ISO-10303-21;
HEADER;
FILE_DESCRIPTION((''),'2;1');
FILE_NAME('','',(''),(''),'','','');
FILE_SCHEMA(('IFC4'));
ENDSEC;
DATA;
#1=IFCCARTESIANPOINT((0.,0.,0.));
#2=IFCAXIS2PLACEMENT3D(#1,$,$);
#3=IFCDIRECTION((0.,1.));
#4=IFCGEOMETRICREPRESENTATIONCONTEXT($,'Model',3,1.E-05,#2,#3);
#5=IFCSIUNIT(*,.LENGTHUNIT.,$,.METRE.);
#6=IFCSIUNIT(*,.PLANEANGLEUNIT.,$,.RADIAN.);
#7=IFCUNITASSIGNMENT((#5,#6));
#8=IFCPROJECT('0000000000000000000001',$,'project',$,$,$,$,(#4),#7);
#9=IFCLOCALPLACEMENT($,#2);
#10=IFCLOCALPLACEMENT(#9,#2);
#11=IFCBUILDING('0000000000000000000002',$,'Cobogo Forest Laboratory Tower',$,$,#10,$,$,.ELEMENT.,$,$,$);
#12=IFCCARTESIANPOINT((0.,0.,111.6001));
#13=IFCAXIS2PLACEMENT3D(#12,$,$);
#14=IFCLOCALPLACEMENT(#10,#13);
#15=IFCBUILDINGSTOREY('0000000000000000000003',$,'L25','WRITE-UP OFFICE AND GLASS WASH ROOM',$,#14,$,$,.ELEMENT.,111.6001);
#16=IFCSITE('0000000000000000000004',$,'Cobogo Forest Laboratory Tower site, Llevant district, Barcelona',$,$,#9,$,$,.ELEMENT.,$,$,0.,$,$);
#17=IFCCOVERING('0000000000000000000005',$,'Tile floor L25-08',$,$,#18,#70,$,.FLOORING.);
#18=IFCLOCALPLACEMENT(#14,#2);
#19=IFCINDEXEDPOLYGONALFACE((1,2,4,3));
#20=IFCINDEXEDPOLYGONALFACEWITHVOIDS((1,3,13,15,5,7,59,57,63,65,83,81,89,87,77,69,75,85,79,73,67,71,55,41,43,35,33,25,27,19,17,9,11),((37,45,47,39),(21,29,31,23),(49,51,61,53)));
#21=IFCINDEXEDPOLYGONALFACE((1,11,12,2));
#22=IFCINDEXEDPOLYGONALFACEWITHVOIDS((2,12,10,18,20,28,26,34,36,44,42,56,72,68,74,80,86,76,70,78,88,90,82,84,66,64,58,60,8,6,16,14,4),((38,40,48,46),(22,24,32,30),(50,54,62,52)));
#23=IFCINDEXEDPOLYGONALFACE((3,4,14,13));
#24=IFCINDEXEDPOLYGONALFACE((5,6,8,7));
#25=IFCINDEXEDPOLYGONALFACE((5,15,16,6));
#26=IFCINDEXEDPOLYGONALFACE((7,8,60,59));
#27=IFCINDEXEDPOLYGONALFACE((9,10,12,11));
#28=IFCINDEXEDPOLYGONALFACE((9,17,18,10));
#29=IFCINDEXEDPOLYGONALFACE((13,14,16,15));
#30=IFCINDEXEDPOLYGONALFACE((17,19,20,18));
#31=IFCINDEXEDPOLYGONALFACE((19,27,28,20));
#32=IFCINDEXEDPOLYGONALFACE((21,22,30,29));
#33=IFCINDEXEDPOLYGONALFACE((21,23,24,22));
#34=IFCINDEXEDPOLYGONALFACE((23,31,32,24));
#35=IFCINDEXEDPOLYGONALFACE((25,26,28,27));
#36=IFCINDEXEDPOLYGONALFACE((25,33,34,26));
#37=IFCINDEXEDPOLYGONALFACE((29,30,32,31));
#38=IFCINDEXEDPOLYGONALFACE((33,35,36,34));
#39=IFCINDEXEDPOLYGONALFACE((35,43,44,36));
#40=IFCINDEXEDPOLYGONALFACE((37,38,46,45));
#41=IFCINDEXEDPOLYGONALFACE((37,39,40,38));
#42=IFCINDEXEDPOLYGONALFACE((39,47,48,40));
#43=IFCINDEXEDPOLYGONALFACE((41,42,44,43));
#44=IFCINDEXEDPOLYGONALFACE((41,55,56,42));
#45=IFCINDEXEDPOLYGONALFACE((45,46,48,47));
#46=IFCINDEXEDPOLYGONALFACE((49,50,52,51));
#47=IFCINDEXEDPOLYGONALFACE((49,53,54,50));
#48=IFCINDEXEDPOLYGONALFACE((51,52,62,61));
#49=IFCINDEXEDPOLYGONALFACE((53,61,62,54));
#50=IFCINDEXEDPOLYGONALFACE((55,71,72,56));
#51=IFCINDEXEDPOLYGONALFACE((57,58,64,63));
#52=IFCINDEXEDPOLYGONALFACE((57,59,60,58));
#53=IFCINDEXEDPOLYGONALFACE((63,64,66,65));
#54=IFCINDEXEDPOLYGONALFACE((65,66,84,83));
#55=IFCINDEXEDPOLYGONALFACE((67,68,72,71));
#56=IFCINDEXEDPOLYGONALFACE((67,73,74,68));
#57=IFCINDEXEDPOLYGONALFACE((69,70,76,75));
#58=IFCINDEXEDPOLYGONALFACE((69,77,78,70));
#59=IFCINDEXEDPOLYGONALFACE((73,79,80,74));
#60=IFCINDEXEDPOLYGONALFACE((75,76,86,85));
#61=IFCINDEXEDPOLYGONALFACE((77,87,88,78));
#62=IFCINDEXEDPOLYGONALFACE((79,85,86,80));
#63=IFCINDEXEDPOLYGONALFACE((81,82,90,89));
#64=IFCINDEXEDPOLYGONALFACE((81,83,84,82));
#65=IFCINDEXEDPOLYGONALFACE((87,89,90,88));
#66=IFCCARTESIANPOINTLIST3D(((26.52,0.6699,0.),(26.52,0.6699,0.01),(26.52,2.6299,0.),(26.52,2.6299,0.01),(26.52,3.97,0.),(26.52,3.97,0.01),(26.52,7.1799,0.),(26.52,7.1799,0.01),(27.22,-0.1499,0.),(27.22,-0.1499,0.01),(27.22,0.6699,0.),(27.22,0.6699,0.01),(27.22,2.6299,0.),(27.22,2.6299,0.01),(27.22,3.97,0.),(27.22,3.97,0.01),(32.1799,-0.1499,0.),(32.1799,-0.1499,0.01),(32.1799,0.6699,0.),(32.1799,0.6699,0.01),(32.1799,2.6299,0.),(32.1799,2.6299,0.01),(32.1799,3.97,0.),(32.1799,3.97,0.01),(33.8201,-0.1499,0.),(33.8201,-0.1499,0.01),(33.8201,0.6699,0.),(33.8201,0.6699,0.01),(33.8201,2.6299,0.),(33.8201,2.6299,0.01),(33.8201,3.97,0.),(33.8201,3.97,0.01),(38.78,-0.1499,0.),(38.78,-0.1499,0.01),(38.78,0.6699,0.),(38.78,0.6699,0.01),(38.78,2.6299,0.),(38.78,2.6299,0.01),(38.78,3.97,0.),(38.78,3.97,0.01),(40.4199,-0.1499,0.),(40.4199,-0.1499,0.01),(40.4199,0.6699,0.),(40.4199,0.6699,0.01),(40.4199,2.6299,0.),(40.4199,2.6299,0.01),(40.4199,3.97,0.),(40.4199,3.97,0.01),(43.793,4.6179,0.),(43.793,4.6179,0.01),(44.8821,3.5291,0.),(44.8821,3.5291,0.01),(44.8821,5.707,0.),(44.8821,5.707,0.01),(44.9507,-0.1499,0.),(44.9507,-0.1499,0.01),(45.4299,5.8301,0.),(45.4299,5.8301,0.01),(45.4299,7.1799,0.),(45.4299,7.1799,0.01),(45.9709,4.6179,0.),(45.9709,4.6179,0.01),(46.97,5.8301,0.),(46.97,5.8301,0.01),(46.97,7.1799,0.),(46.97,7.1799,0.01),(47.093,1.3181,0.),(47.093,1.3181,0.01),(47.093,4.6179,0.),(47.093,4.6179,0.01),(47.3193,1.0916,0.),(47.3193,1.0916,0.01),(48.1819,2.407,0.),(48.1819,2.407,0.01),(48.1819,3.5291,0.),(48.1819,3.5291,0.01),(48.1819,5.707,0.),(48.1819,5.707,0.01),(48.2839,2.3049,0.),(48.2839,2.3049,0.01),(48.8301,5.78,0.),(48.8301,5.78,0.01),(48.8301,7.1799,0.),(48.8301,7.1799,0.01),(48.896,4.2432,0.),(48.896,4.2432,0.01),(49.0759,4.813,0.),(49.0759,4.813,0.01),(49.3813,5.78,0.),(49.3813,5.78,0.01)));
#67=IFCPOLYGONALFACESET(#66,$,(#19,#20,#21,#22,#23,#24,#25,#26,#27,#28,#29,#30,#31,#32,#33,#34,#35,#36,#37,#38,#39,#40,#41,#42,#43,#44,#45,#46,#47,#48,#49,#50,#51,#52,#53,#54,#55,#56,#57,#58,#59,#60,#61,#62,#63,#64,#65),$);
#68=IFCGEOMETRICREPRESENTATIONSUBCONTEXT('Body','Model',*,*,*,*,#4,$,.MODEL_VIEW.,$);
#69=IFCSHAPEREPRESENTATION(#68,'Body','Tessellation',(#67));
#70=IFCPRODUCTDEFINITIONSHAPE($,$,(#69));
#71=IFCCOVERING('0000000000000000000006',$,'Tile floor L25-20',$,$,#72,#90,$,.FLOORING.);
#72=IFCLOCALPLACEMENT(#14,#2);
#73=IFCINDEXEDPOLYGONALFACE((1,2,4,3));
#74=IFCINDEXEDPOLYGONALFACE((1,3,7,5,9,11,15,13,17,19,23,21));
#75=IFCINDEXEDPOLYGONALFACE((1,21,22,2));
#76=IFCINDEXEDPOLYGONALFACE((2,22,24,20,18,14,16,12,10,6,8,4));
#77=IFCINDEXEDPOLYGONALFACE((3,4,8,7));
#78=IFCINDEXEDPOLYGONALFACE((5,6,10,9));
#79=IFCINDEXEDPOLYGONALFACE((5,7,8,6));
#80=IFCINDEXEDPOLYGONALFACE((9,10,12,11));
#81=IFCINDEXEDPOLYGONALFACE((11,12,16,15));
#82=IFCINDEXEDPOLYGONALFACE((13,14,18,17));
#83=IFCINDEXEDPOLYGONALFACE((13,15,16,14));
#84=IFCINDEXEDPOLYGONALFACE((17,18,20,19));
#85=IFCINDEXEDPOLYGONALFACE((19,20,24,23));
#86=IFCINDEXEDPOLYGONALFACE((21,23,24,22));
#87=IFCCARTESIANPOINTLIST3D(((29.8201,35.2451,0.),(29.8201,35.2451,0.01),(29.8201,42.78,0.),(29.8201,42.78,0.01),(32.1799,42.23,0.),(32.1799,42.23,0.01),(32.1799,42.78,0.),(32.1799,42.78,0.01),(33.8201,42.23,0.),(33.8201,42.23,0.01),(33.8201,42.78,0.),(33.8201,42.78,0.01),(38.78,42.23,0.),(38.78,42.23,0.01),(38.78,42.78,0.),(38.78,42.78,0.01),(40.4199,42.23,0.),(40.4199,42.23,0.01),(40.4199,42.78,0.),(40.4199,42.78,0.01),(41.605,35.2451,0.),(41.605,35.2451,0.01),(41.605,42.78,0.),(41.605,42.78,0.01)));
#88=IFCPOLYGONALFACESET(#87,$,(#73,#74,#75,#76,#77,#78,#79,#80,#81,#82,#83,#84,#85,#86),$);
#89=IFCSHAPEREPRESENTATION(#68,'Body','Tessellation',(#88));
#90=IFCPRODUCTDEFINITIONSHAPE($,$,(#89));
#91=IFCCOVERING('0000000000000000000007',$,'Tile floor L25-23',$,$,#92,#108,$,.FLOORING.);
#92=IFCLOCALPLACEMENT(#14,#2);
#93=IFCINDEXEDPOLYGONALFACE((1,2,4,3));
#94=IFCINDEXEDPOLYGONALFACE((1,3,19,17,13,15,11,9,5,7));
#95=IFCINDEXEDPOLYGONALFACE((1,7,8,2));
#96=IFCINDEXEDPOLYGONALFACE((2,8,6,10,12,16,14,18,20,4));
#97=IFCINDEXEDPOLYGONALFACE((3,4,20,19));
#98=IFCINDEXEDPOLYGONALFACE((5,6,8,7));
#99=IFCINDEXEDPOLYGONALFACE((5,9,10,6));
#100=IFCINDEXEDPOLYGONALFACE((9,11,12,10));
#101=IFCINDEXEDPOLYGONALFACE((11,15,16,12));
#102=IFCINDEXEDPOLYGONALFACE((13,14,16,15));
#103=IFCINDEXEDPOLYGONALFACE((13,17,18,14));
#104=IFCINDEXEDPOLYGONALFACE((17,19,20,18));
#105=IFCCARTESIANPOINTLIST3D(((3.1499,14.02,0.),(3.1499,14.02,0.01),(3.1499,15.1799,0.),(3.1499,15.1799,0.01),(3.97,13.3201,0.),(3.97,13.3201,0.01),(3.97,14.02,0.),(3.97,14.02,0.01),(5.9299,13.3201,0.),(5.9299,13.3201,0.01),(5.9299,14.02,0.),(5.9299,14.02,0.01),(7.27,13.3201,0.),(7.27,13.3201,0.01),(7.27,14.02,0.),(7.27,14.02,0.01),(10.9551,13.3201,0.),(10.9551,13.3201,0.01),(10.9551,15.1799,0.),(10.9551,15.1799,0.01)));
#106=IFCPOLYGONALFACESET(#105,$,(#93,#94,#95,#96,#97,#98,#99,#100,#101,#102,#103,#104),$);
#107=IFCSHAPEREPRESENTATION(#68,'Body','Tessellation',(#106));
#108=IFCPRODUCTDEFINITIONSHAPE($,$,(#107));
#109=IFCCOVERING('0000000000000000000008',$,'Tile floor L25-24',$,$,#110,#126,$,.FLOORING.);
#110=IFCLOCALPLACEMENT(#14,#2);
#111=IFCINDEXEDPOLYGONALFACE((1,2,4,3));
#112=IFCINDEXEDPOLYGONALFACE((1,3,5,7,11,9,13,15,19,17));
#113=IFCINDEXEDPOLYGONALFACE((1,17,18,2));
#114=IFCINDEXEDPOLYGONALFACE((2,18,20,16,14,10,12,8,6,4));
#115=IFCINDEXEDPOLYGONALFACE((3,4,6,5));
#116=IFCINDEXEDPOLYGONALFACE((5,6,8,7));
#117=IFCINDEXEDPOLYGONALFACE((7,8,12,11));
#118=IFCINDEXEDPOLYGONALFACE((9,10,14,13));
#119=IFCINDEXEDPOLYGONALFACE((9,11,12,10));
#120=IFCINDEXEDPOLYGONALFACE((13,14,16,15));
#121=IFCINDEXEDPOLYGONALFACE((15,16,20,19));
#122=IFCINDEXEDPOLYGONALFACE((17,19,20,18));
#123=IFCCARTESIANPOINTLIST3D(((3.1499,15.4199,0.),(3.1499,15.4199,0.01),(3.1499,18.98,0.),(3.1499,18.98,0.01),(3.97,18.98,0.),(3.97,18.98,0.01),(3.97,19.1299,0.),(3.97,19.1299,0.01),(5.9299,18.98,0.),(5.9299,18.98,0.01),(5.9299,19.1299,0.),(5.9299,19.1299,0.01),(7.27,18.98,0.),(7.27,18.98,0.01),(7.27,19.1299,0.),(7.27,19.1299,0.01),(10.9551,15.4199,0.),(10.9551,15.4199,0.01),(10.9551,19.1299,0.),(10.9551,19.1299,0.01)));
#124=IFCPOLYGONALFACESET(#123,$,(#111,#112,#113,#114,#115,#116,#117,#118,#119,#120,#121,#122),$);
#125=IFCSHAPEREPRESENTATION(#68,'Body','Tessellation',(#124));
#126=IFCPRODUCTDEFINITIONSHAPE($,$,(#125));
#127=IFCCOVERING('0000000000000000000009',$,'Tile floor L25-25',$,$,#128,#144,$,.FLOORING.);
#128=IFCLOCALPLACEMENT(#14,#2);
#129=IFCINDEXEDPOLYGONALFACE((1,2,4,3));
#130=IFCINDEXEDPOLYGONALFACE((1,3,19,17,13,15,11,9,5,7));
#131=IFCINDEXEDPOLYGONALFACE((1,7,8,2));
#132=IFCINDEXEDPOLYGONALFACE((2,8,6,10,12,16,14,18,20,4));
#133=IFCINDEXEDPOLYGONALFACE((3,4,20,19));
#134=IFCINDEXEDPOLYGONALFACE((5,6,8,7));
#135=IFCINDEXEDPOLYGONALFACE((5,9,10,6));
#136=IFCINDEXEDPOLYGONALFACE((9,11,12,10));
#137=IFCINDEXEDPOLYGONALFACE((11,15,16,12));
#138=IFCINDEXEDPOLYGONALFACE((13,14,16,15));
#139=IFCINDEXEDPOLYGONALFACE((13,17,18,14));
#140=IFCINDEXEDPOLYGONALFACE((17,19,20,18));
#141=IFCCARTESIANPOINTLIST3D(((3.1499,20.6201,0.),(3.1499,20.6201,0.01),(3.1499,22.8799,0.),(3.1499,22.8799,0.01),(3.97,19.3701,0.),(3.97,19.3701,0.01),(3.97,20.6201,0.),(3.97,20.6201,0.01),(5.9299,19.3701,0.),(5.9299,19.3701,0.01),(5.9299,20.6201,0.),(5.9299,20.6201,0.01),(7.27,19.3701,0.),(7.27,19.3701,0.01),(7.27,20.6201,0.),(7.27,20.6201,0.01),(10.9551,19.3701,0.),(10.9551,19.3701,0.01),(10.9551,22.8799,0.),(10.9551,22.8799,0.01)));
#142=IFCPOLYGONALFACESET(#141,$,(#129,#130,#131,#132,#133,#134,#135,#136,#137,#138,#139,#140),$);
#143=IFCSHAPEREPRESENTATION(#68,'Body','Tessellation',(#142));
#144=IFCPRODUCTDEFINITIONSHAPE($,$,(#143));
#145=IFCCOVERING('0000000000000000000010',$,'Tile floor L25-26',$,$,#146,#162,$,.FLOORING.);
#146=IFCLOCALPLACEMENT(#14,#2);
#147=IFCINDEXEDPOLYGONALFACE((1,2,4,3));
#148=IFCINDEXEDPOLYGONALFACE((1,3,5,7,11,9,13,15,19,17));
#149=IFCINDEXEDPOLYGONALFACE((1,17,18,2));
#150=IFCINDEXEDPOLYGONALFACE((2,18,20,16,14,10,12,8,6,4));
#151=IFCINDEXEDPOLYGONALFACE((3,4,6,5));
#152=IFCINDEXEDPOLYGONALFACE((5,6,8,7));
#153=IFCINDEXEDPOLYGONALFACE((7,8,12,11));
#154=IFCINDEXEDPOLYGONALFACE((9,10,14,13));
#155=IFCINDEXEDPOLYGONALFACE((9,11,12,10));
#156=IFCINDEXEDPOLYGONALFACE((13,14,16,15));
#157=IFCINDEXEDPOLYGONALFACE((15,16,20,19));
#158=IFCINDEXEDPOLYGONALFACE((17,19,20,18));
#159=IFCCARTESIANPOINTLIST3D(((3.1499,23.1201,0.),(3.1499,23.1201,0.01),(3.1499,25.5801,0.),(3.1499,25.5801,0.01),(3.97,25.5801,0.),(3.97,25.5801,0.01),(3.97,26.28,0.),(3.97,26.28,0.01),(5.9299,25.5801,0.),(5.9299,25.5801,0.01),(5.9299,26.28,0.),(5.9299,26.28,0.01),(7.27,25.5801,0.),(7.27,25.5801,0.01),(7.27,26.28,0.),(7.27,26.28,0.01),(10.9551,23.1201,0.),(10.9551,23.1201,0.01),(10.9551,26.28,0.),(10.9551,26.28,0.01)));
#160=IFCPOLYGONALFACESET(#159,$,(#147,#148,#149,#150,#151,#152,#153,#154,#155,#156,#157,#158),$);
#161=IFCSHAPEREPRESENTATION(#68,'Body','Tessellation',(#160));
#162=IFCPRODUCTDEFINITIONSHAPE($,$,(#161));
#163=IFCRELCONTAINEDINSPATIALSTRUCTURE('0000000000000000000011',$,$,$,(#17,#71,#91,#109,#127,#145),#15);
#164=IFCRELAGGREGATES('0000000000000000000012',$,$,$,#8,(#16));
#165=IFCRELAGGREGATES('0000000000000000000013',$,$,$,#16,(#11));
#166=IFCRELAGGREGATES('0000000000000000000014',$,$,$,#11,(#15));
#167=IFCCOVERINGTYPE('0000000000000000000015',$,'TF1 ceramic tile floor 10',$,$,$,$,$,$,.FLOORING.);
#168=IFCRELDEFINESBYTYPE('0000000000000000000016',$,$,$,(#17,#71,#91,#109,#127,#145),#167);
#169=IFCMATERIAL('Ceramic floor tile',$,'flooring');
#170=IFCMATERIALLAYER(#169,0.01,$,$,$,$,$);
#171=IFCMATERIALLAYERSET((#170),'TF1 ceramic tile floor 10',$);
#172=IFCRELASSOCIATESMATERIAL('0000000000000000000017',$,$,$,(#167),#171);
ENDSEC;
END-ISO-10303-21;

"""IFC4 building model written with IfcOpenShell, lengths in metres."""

from ifc_helpers import new_model, si_unit, direction, frame, origin, place, context, subcontext, project, spatial, polyline, outline, extrude, material, layer, layer_set, type_object, element, save


model = new_model("IFC4")

# Units and contexts
model_context = context("Model", 3, precision=1e-05, world=origin(), true_north=direction((0.0, 1.0)))
body_context = subcontext(model_context, "Body", "Model", "MODEL_VIEW")
ifc_project = project(units=[si_unit("LENGTHUNIT", "METRE"), si_unit("PLANEANGLEUNIT", "RADIAN")], contexts=[model_context])

# Site, building, storey
site_placement = place(None, origin())
site = spatial("IfcSite", under=ifc_project, at=site_placement, Name="Cobogo Forest Laboratory Tower site, Llevant district, Barcelona", CompositionType="ELEMENT", RefElevation=0.0)
building_placement = place(site_placement, origin())
building = spatial("IfcBuilding", under=site, at=building_placement, Name="Cobogo Forest Laboratory Tower", CompositionType="ELEMENT")
storey_placement = place(building_placement, frame((0.0, 0.0, 111.6001)))
storey = spatial("IfcBuildingStorey", under=building, at=storey_placement, Name="L25", Description="WRITE-UP OFFICE AND GLASS WASH ROOM", CompositionType="ELEMENT", Elevation=111.6001)

# Coverings
ifc_material_1 = material(Name="Ceramic floor tile", Category="flooring")
ifc_layer_1 = layer(ifc_material_1, 0.01)
ifc_layer_set_1 = layer_set([ifc_layer_1], Name="TF1 ceramic tile floor 10")
covering_type_1 = type_object("IfcCoveringType", Name="TF1 ceramic tile floor 10", PredefinedType="FLOORING", material=ifc_layer_set_1)
covering_1_placement = place(storey_placement, origin())
element("IfcCovering", 1, at=covering_1_placement, inside=storey, type_object=covering_type_1, Name="Tile floor L25-08", PredefinedType="FLOORING", context=body_context, shape_type="SweptSolid", body=[
    extrude(outline(polyline([(45.4299, 5.8301), (46.97, 5.8301), (46.97, 7.1799), (48.8301, 7.1799), (48.8301, 5.78), (49.3813, 5.78), (49.0759, 4.813), (48.1819, 5.707), (47.093, 4.6179), (48.1819, 3.5291), (48.896, 4.2432), (48.2839, 2.3049), (48.1819, 2.407), (47.093, 1.3181), (47.3193, 1.0916), (44.9507, -0.1499), (40.4199, -0.1499), (40.4199, 0.6699), (38.78, 0.6699), (38.78, -0.1499), (33.8201, -0.1499), (33.8201, 0.6699), (32.1799, 0.6699), (32.1799, -0.1499), (27.22, -0.1499), (27.22, 0.6699), (26.52, 0.6699), (26.52, 2.6299), (27.22, 2.6299), (27.22, 3.97), (26.52, 3.97), (26.52, 7.1799), (45.4299, 7.1799), (45.4299, 5.8301)]), holes=[polyline([(43.793, 4.6179), (44.8821, 3.5291), (45.9709, 4.6179), (44.8821, 5.707), (43.793, 4.6179)]), polyline([(38.78, 3.97), (38.78, 2.6299), (40.4199, 2.6299), (40.4199, 3.97), (38.78, 3.97)]), polyline([(32.1799, 3.97), (32.1799, 2.6299), (33.8201, 2.6299), (33.8201, 3.97), (32.1799, 3.97)])]), origin(), (0.0, 0.0, 1.0), 0.01),
])
covering_2_placement = place(storey_placement, origin())
element("IfcCovering", 2, at=covering_2_placement, inside=storey, type_object=covering_type_1, Name="Tile floor L25-20", PredefinedType="FLOORING", context=body_context, shape_type="SweptSolid", body=[
    extrude(outline(polyline([(29.8201, 42.78), (32.1799, 42.78), (32.1799, 42.23), (33.8201, 42.23), (33.8201, 42.78), (38.78, 42.78), (38.78, 42.23), (40.4199, 42.23), (40.4199, 42.78), (41.605, 42.78), (41.605, 35.2451), (29.8201, 35.2451), (29.8201, 42.78)])), origin(), (0.0, 0.0, 1.0), 0.01),
])
covering_3_placement = place(storey_placement, origin())
element("IfcCovering", 3, at=covering_3_placement, inside=storey, type_object=covering_type_1, Name="Tile floor L25-23", PredefinedType="FLOORING", context=body_context, shape_type="SweptSolid", body=[
    extrude(outline(polyline([(10.9551, 13.3201), (7.27, 13.3201), (7.27, 14.02), (5.9299, 14.02), (5.9299, 13.3201), (3.97, 13.3201), (3.97, 14.02), (3.1499, 14.02), (3.1499, 15.1799), (10.9551, 15.1799), (10.9551, 13.3201)])), origin(), (0.0, 0.0, 1.0), 0.01),
])
covering_4_placement = place(storey_placement, origin())
element("IfcCovering", 4, at=covering_4_placement, inside=storey, type_object=covering_type_1, Name="Tile floor L25-24", PredefinedType="FLOORING", context=body_context, shape_type="SweptSolid", body=[
    extrude(outline(polyline([(10.9551, 15.4199), (3.1499, 15.4199), (3.1499, 18.98), (3.97, 18.98), (3.97, 19.1299), (5.9299, 19.1299), (5.9299, 18.98), (7.27, 18.98), (7.27, 19.1299), (10.9551, 19.1299), (10.9551, 15.4199)])), origin(), (0.0, 0.0, 1.0), 0.01),
])
covering_5_placement = place(storey_placement, origin())
element("IfcCovering", 5, at=covering_5_placement, inside=storey, type_object=covering_type_1, Name="Tile floor L25-25", PredefinedType="FLOORING", context=body_context, shape_type="SweptSolid", body=[
    extrude(outline(polyline([(10.9551, 19.3701), (7.27, 19.3701), (7.27, 20.6201), (5.9299, 20.6201), (5.9299, 19.3701), (3.97, 19.3701), (3.97, 20.6201), (3.1499, 20.6201), (3.1499, 22.8799), (10.9551, 22.8799), (10.9551, 19.3701)])), origin(), (0.0, 0.0, 1.0), 0.01),
])
covering_6_placement = place(storey_placement, origin())
element("IfcCovering", 6, at=covering_6_placement, inside=storey, type_object=covering_type_1, Name="Tile floor L25-26", PredefinedType="FLOORING", context=body_context, shape_type="SweptSolid", body=[
    extrude(outline(polyline([(10.9551, 23.1201), (3.1499, 23.1201), (3.1499, 25.5801), (3.97, 25.5801), (3.97, 26.28), (5.9299, 26.28), (5.9299, 25.5801), (7.27, 25.5801), (7.27, 26.28), (10.9551, 26.28), (10.9551, 23.1201)])), origin(), (0.0, 0.0, 1.0), 0.01),
])

save(model, "model.ifc")
